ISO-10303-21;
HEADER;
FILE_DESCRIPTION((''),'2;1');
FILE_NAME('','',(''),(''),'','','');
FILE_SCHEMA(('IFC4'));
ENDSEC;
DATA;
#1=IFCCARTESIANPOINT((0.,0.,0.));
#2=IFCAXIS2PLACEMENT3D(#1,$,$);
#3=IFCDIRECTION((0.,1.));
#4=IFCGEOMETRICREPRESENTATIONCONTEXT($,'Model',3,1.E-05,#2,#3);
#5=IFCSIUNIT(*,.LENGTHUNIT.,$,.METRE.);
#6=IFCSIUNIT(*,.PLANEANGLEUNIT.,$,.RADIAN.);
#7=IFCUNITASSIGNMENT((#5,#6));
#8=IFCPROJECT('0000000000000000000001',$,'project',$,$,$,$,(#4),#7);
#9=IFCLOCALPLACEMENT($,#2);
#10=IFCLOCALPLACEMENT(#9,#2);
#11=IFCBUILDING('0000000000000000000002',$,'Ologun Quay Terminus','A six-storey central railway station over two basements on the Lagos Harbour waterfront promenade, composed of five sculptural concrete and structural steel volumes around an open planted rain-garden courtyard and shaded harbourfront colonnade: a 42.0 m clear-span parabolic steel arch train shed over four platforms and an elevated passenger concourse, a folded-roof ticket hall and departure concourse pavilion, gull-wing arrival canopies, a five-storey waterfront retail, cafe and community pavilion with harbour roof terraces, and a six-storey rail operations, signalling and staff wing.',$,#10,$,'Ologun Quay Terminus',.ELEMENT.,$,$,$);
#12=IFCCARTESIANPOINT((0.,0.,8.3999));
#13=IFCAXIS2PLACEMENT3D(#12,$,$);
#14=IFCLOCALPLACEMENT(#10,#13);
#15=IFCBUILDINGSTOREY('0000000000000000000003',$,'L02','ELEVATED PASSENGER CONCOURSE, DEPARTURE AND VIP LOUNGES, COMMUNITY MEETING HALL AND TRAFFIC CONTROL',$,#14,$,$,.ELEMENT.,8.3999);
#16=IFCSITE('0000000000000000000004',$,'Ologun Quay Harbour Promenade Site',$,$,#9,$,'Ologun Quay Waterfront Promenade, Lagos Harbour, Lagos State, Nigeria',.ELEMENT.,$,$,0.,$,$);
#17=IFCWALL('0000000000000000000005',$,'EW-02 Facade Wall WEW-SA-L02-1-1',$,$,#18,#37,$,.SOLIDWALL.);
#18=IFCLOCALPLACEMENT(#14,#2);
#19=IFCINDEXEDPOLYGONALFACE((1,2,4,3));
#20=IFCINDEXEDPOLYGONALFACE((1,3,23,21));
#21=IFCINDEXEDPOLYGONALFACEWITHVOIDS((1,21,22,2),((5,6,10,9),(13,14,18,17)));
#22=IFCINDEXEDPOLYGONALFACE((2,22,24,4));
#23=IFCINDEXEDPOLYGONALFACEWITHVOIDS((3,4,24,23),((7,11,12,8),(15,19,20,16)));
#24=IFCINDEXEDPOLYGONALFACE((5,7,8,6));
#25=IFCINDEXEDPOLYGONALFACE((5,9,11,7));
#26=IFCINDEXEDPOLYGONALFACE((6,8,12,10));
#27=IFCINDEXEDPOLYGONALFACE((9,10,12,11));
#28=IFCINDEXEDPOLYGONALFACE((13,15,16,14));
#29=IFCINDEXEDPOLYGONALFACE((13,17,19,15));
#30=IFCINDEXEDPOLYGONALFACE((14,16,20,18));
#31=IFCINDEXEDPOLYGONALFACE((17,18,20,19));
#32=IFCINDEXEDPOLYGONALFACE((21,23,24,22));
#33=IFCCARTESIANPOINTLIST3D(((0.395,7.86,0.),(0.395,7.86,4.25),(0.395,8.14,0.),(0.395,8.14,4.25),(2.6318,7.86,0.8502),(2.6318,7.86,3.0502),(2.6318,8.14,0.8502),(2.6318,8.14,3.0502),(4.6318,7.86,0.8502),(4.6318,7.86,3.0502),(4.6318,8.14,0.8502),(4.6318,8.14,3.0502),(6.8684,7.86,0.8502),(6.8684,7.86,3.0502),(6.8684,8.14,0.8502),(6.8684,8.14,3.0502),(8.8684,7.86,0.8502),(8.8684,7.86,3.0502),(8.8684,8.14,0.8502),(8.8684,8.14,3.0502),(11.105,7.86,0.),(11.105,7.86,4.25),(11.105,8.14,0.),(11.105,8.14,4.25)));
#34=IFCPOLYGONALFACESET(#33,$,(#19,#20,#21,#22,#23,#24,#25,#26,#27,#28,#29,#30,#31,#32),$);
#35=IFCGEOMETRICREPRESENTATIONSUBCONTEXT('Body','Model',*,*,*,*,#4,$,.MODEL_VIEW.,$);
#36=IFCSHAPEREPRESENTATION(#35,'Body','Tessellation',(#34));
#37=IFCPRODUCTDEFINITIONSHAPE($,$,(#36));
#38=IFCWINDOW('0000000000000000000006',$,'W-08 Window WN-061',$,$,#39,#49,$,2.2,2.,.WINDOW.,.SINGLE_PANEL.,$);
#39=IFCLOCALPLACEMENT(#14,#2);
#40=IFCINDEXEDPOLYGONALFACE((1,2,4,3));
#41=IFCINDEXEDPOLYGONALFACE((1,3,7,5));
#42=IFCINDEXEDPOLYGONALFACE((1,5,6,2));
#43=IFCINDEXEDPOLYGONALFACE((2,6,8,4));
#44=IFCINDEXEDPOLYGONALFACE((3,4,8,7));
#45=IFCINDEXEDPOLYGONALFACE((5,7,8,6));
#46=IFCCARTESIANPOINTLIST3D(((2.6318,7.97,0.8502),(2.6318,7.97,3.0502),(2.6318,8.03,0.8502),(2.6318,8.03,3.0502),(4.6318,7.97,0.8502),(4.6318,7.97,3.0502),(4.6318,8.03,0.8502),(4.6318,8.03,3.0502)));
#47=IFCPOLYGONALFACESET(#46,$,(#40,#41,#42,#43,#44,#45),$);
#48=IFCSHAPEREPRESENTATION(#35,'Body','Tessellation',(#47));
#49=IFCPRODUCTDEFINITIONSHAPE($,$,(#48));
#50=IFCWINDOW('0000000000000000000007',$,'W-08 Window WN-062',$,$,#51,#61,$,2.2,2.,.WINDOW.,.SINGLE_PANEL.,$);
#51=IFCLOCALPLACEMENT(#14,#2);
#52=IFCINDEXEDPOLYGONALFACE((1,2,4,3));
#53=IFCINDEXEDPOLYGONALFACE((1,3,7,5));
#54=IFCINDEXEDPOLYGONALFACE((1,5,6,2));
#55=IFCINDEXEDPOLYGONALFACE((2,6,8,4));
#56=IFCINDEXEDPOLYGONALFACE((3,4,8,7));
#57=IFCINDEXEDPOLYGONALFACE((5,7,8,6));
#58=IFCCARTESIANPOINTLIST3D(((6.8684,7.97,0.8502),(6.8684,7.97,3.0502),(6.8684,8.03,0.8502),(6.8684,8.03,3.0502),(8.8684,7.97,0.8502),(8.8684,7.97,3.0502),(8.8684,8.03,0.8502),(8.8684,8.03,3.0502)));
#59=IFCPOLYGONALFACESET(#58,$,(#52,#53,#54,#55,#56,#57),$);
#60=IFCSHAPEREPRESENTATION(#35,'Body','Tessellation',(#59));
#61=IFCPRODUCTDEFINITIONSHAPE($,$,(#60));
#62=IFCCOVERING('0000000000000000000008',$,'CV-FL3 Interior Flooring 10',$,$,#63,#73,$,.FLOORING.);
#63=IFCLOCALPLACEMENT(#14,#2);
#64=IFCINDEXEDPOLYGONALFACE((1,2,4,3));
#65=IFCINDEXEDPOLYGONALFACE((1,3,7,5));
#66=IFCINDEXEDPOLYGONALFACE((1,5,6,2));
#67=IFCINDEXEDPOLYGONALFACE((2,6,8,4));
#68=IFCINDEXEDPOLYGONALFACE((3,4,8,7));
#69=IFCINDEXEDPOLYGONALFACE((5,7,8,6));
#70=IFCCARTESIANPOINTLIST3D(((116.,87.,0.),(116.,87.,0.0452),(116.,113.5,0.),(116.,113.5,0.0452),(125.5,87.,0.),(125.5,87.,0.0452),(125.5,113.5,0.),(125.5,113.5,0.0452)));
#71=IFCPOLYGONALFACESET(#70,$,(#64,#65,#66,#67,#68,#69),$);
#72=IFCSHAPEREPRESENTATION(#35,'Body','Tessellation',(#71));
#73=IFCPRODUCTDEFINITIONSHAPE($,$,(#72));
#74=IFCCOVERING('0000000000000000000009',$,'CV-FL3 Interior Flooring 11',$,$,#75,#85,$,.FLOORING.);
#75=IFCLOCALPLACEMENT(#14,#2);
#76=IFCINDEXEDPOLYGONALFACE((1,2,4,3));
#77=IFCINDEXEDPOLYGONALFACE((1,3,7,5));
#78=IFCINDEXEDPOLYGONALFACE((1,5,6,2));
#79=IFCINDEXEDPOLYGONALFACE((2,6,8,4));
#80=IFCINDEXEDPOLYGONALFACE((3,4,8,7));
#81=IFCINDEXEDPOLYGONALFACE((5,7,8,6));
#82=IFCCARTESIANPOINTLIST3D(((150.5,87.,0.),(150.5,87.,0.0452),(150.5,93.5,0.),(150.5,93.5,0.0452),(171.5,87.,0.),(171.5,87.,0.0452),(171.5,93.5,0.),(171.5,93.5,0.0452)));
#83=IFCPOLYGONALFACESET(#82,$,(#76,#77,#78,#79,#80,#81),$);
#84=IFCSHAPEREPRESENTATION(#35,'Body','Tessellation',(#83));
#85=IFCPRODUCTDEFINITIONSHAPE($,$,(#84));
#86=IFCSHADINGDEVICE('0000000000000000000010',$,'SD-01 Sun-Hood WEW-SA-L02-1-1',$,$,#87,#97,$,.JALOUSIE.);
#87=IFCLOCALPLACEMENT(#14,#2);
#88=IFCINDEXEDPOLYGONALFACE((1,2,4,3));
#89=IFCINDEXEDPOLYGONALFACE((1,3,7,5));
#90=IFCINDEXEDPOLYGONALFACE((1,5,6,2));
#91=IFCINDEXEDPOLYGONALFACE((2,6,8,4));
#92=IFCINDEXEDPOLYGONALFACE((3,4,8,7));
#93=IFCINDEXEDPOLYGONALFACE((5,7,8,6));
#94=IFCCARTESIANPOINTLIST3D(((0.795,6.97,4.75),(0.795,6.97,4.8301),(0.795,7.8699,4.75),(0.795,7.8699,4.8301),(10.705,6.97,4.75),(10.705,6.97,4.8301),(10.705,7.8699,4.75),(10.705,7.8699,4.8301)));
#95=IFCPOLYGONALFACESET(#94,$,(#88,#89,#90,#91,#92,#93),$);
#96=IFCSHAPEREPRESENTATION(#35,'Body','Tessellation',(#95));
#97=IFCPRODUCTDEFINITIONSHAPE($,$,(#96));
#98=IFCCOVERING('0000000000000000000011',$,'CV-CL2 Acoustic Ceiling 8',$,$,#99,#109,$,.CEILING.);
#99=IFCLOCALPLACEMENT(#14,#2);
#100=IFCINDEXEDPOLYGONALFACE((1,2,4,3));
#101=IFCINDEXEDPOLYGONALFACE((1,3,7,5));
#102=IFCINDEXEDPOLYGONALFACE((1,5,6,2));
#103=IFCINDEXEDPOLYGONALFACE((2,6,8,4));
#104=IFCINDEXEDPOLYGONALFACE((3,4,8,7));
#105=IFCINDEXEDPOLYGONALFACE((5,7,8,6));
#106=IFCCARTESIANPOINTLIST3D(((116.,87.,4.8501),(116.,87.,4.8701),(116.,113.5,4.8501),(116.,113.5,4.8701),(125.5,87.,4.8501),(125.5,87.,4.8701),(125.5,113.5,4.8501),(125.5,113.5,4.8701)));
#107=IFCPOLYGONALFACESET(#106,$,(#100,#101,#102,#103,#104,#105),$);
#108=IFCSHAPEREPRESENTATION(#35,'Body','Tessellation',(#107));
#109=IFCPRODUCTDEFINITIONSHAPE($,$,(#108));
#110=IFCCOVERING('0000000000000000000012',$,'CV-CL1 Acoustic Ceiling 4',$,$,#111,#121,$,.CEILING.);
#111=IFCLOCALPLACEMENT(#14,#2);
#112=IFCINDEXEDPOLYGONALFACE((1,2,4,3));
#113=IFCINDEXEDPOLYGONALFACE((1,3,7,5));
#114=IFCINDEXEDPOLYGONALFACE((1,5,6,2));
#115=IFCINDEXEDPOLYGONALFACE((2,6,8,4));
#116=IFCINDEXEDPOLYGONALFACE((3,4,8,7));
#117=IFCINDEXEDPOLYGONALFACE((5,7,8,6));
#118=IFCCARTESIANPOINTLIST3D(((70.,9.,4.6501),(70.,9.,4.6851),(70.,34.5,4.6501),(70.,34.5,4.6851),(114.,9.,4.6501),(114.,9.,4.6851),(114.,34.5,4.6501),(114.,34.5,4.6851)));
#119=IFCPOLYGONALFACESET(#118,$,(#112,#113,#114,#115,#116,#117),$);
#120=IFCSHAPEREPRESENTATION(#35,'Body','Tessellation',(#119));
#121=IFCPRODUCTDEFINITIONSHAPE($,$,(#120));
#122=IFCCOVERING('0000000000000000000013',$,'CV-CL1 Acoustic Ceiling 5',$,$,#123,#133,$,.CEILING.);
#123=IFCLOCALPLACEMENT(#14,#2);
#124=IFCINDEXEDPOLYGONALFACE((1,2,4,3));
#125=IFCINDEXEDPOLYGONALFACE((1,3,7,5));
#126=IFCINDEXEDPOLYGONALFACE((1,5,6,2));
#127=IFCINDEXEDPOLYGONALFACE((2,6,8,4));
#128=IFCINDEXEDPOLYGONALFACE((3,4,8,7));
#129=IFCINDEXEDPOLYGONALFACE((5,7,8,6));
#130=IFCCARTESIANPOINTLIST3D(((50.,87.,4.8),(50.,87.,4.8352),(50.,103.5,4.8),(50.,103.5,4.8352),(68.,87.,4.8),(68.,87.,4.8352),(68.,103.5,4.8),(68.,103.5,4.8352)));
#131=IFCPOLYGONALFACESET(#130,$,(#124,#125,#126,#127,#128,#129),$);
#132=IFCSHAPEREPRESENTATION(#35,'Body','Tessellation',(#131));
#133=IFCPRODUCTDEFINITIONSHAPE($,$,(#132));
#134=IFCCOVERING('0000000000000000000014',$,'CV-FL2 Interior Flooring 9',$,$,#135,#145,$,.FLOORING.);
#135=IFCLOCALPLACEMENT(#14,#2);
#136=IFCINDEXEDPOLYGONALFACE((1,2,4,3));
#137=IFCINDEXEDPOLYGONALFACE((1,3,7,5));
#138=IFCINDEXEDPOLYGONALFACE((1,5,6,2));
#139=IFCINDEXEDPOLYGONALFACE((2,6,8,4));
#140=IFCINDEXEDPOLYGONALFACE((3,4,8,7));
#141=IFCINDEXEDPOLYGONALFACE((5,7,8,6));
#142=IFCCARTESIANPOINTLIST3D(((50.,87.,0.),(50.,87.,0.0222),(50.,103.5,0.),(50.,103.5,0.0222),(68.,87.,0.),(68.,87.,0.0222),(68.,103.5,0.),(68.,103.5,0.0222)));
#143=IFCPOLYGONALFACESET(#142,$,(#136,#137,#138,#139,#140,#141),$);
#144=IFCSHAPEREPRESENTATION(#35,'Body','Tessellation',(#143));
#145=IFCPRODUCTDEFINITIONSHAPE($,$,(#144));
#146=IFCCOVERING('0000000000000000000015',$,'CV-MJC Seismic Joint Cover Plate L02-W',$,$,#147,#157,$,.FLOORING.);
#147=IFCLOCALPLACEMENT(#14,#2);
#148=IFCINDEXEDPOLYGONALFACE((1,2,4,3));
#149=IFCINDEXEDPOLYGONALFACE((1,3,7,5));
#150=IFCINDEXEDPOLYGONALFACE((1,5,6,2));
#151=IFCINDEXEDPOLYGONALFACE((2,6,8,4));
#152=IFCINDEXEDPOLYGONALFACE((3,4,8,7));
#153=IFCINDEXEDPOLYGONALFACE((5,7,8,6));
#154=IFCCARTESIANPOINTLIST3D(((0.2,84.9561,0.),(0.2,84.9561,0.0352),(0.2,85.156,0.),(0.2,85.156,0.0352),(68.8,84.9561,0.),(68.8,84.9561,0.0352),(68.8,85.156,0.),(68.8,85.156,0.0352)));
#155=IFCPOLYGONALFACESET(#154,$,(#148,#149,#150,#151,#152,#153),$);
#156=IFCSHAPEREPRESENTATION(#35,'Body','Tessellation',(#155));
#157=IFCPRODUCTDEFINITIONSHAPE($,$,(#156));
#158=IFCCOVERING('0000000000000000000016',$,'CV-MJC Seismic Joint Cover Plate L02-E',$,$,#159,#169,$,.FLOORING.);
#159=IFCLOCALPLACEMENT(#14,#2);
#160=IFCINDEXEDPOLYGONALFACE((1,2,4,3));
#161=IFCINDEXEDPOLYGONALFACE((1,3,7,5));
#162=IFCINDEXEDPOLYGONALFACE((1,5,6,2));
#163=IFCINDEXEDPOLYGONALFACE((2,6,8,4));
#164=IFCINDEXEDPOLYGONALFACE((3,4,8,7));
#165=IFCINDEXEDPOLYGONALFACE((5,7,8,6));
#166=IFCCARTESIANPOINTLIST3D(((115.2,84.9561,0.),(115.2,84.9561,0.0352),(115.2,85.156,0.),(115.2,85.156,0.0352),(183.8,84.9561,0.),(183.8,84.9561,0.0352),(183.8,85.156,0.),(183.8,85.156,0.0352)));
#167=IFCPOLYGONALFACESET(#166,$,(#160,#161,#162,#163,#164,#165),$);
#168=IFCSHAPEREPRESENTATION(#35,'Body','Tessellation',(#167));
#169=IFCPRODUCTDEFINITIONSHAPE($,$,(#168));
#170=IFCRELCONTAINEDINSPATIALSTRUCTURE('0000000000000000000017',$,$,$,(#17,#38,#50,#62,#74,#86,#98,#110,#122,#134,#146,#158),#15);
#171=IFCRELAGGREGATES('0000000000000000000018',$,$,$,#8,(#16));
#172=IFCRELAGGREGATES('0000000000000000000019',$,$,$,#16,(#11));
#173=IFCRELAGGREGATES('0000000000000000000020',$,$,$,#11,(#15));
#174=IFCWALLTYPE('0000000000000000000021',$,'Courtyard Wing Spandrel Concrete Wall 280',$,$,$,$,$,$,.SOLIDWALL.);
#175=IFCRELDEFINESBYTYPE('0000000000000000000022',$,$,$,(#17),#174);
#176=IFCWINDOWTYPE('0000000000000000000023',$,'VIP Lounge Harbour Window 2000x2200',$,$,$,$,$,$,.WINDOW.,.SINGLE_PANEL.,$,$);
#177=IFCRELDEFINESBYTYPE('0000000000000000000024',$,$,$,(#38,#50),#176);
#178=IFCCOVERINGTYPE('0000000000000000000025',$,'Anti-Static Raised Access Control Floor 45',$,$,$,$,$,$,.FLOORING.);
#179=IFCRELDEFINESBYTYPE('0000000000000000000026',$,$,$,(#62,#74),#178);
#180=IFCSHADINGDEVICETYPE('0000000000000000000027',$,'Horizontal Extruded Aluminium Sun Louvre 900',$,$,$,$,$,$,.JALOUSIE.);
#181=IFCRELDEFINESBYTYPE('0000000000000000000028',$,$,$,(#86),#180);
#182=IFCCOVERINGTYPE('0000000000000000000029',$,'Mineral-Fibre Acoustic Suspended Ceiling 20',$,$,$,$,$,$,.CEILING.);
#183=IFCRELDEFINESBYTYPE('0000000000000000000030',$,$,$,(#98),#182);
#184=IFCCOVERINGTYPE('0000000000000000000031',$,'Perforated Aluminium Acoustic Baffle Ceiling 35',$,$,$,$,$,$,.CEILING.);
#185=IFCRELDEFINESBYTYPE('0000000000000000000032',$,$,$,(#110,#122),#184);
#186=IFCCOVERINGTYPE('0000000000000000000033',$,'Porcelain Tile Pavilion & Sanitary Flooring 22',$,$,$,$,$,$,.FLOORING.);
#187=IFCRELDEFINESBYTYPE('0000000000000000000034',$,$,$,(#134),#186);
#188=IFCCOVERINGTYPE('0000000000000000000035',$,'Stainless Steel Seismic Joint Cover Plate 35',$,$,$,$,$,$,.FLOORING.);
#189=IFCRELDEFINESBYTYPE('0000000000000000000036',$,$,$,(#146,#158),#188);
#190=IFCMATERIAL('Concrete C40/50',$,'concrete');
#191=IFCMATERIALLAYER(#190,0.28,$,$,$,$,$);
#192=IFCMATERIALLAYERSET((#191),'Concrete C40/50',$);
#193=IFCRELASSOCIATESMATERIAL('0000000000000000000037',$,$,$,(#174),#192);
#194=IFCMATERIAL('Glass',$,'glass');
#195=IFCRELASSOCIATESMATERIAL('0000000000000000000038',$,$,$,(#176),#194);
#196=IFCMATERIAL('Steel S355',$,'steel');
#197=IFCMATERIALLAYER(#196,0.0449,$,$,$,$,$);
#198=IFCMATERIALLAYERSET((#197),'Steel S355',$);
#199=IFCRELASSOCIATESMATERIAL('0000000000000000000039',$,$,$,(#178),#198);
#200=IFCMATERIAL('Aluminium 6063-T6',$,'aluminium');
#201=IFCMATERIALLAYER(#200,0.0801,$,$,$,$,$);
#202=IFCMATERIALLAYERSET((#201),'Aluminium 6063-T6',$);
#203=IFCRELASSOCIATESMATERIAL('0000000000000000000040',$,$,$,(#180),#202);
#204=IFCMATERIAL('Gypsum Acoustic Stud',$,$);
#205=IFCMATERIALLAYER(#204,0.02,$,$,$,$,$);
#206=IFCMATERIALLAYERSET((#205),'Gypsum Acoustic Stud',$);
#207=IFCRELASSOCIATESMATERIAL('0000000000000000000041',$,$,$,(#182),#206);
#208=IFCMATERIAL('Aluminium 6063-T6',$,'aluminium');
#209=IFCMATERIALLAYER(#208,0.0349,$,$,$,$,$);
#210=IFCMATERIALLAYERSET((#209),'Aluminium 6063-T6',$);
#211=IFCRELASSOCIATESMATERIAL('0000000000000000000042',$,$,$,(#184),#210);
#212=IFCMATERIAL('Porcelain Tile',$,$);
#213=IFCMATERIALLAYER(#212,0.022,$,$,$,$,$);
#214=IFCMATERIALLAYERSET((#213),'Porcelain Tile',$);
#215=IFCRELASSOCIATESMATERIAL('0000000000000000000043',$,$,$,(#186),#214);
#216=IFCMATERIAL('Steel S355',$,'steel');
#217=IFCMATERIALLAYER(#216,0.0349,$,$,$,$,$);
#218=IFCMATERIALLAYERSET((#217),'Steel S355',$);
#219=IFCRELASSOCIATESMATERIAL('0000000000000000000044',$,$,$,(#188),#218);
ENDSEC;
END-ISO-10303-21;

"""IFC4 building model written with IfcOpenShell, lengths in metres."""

from ifc_helpers import new_model, si_unit, direction, frame, frame_2d, origin, origin_2d, place, context, subcontext, project, spatial, polyline, rectangle, outline, extrude, material, layer, layer_set, type_object, element, fill, save


model = new_model("IFC4")

# Units and contexts
model_context = context("Model", 3, precision=1e-05, world=origin(), true_north=direction((0.0, 1.0)))
body_context = subcontext(model_context, "Body", "Model", "MODEL_VIEW")
ifc_project = project(units=[si_unit("LENGTHUNIT", "METRE"), si_unit("PLANEANGLEUNIT", "RADIAN")], contexts=[model_context])

# Site, building, storey
site_placement = place(None, origin())
site = spatial("IfcSite", under=ifc_project, at=site_placement, Name="Ologun Quay Harbour Promenade Site", LongName="Ologun Quay Waterfront Promenade, Lagos Harbour, Lagos State, Nigeria", CompositionType="ELEMENT", RefElevation=0.0)
building_placement = place(site_placement, origin())
building = spatial("IfcBuilding", under=site, at=building_placement, Name="Ologun Quay Terminus", Description="A six-storey central railway station over two basements on the Lagos Harbour waterfront promenade, composed of five sculptural concrete and structural steel volumes around an open planted rain-garden courtyard and shaded harbourfront colonnade: a 42.0 m clear-span parabolic steel arch train shed over four platforms and an elevated passenger concourse, a folded-roof ticket hall and departure concourse pavilion, gull-wing arrival canopies, a five-storey waterfront retail, cafe and community pavilion with harbour roof terraces, and a six-storey rail operations, signalling and staff wing.", LongName="Ologun Quay Terminus", CompositionType="ELEMENT")
storey_placement = place(building_placement, frame((0.0, 0.0, 8.3999)))
storey = spatial("IfcBuildingStorey", under=building, at=storey_placement, Name="L02", Description="ELEVATED PASSENGER CONCOURSE, DEPARTURE AND VIP LOUNGES, COMMUNITY MEETING HALL AND TRAFFIC CONTROL", CompositionType="ELEMENT", Elevation=8.3999)

# Wall, openings, windows
ifc_material_1 = material(Name="Concrete C40/50", Category="concrete")
ifc_layer_1 = layer(ifc_material_1, 0.28)
ifc_layer_set_1 = layer_set([ifc_layer_1], Name="Concrete C40/50")
wall_type = type_object("IfcWallType", Name="Courtyard Wing Spandrel Concrete Wall 280", PredefinedType="SOLIDWALL", material=ifc_layer_set_1)
wall_placement = place(storey_placement, frame((0.395, 8.0, 0.0), z_axis=(0.0, 0.0, 1.0), x_axis=(1.0, 0.0, 0.0)))
wall = element("IfcWall", 1, at=wall_placement, inside=storey, type_object=wall_type, Name="EW-02 Facade Wall WEW-SA-L02-1-1", PredefinedType="SOLIDWALL", context=body_context, shape_type="SweptSolid", body=[
    extrude(rectangle(XDim=10.71, YDim=0.28, at=frame_2d((5.355, 0.0))), origin(), (0.0, 0.0, 1.0), 4.25),
])
opening_1_placement = place(wall_placement, frame((2.2368, 0.0, 0.8501)))
opening_1 = element("IfcOpeningElement", 2, at=opening_1_placement, cuts=wall, PredefinedType="OPENING", context=body_context, shape_type="SweptSolid", body=[
    extrude(rectangle(XDim=2.0, YDim=2.2, at=frame_2d((1.0, 1.1001))), frame((0.0, 0.1499, 0.0), z_axis=(0.0, -1.0, 0.0), x_axis=(1.0, 0.0, 0.0)), (0.0, 0.0, 1.0), 0.3),
])
opening_2_placement = place(wall_placement, frame((6.4734, 0.0, 0.8501)))
opening_2 = element("IfcOpeningElement", 3, at=opening_2_placement, cuts=wall, PredefinedType="OPENING", context=body_context, shape_type="SweptSolid", body=[
    extrude(rectangle(XDim=2.0, YDim=2.2, at=frame_2d((1.0, 1.1001))), frame((0.0, 0.1499, 0.0), z_axis=(0.0, -1.0, 0.0), x_axis=(1.0, 0.0, 0.0)), (0.0, 0.0, 1.0), 0.3),
])
ifc_material_2 = material(Name="Glass", Category="glass")
window_type = type_object("IfcWindowType", Name="VIP Lounge Harbour Window 2000x2200", PartitioningType="SINGLE_PANEL", PredefinedType="WINDOW", material=ifc_material_2)
window_1_placement = place(opening_1_placement, origin())
window_1 = element("IfcWindow", 4, at=window_1_placement, inside=storey, type_object=window_type, Name="W-08 Window WN-061", OverallHeight=2.2, OverallWidth=2.0, PartitioningType="SINGLE_PANEL", PredefinedType="WINDOW", context=body_context, shape_type="SweptSolid", body=[
    extrude(rectangle(XDim=2.0, YDim=2.2, at=frame_2d((1.0, 1.1001))), frame((0.0, 0.03, 0.0), z_axis=(0.0, -1.0, 0.0), x_axis=(1.0, 0.0, 0.0)), (0.0, 0.0, 1.0), 0.0601),
])
fill(opening_1, window_1)
window_2_placement = place(opening_2_placement, origin())
window_2 = element("IfcWindow", 5, at=window_2_placement, inside=storey, type_object=window_type, Name="W-08 Window WN-062", OverallHeight=2.2, OverallWidth=2.0, PartitioningType="SINGLE_PANEL", PredefinedType="WINDOW", context=body_context, shape_type="SweptSolid", body=[
    extrude(rectangle(XDim=2.0, YDim=2.2, at=frame_2d((1.0, 1.1001))), frame((0.0, 0.03, 0.0), z_axis=(0.0, -1.0, 0.0), x_axis=(1.0, 0.0, 0.0)), (0.0, 0.0, 1.0), 0.0601),
])
fill(opening_2, window_2)

# Coverings
ifc_material_3 = material(Name="Steel S355", Category="steel")
ifc_layer_2 = layer(ifc_material_3, 0.0449)
ifc_layer_set_2 = layer_set([ifc_layer_2], Name="Steel S355")
covering_type_1 = type_object("IfcCoveringType", Name="Anti-Static Raised Access Control Floor 45", PredefinedType="FLOORING", material=ifc_layer_set_2)
covering_1_placement = place(storey_placement, origin())
element("IfcCovering", 6, at=covering_1_placement, inside=storey, type_object=covering_type_1, Name="CV-FL3 Interior Flooring 10", PredefinedType="FLOORING", context=body_context, shape_type="SweptSolid", body=[
    extrude(outline(polyline([(116.0, 87.0), (125.5, 87.0), (125.5, 113.5), (116.0, 113.5), (116.0, 87.0)])), origin(), (0.0, 0.0, 1.0), 0.0452),
])
covering_2_placement = place(storey_placement, origin())
element("IfcCovering", 7, at=covering_2_placement, inside=storey, type_object=covering_type_1, Name="CV-FL3 Interior Flooring 11", PredefinedType="FLOORING", context=body_context, shape_type="SweptSolid", body=[
    extrude(outline(polyline([(150.5, 87.0), (171.5, 87.0), (171.5, 93.5), (150.5, 93.5), (150.5, 87.0)])), origin(), (0.0, 0.0, 1.0), 0.0452),
])

# Shading device
ifc_material_4 = material(Name="Aluminium 6063-T6", Category="aluminium")
ifc_layer_3 = layer(ifc_material_4, 0.0801)
ifc_layer_set_3 = layer_set([ifc_layer_3], Name="Aluminium 6063-T6")
shading_device_type = type_object("IfcShadingDeviceType", Name="Horizontal Extruded Aluminium Sun Louvre 900", PredefinedType="JALOUSIE", material=ifc_layer_set_3)
shading_device_placement = place(storey_placement, frame((5.75, 7.4199, 4.75), z_axis=(0.0, 0.0, 1.0), x_axis=(1.0, 0.0, 0.0)))
element("IfcShadingDevice", 8, at=shading_device_placement, inside=storey, type_object=shading_device_type, Name="SD-01 Sun-Hood WEW-SA-L02-1-1", PredefinedType="JALOUSIE", context=body_context, shape_type="SweptSolid", body=[
    extrude(rectangle(XDim=9.9099, YDim=0.8999, at=origin_2d()), origin(), (0.0, 0.0, 1.0), 0.0801),
])

# Coverings
ifc_material_5 = material(Name="Gypsum Acoustic Stud")
ifc_layer_4 = layer(ifc_material_5, 0.02)
ifc_layer_set_4 = layer_set([ifc_layer_4], Name="Gypsum Acoustic Stud")
covering_type_2 = type_object("IfcCoveringType", Name="Mineral-Fibre Acoustic Suspended Ceiling 20", PredefinedType="CEILING", material=ifc_layer_set_4)
covering_3_placement = place(storey_placement, frame((0.0, 0.0, 4.8501)))
element("IfcCovering", 9, at=covering_3_placement, inside=storey, type_object=covering_type_2, Name="CV-CL2 Acoustic Ceiling 8", PredefinedType="CEILING", context=body_context, shape_type="SweptSolid", body=[
    extrude(outline(polyline([(116.0, 87.0), (125.5, 87.0), (125.5, 113.5), (116.0, 113.5), (116.0, 87.0)])), origin(), (0.0, 0.0, 1.0), 0.02),
])
ifc_material_6 = material(Name="Aluminium 6063-T6", Category="aluminium")
ifc_layer_5 = layer(ifc_material_6, 0.0349)
ifc_layer_set_5 = layer_set([ifc_layer_5], Name="Aluminium 6063-T6")
covering_type_3 = type_object("IfcCoveringType", Name="Perforated Aluminium Acoustic Baffle Ceiling 35", PredefinedType="CEILING", material=ifc_layer_set_5)
covering_4_placement = place(storey_placement, frame((0.0, 0.0, 4.6501)))
element("IfcCovering", 10, at=covering_4_placement, inside=storey, type_object=covering_type_3, Name="CV-CL1 Acoustic Ceiling 4", PredefinedType="CEILING", context=body_context, shape_type="SweptSolid", body=[
    extrude(outline(polyline([(70.0, 9.0), (114.0, 9.0), (114.0, 34.5), (70.0, 34.5), (70.0, 9.0)])), origin(), (0.0, 0.0, 1.0), 0.0349),
])
covering_5_placement = place(storey_placement, frame((0.0, 0.0, 4.8)))
element("IfcCovering", 11, at=covering_5_placement, inside=storey, type_object=covering_type_3, Name="CV-CL1 Acoustic Ceiling 5", PredefinedType="CEILING", context=body_context, shape_type="SweptSolid", body=[
    extrude(outline(polyline([(50.0, 87.0), (68.0, 87.0), (68.0, 103.5), (50.0, 103.5), (50.0, 87.0)])), origin(), (0.0, 0.0, 1.0), 0.0352),
])
ifc_material_7 = material(Name="Porcelain Tile")
ifc_layer_6 = layer(ifc_material_7, 0.022)
ifc_layer_set_6 = layer_set([ifc_layer_6], Name="Porcelain Tile")
covering_type_4 = type_object("IfcCoveringType", Name="Porcelain Tile Pavilion & Sanitary Flooring 22", PredefinedType="FLOORING", material=ifc_layer_set_6)
covering_6_placement = place(storey_placement, origin())
element("IfcCovering", 12, at=covering_6_placement, inside=storey, type_object=covering_type_4, Name="CV-FL2 Interior Flooring 9", PredefinedType="FLOORING", context=body_context, shape_type="SweptSolid", body=[
    extrude(outline(polyline([(50.0, 87.0), (68.0, 87.0), (68.0, 103.5), (50.0, 103.5), (50.0, 87.0)])), origin(), (0.0, 0.0, 1.0), 0.0222),
])
ifc_material_8 = material(Name="Steel S355", Category="steel")
ifc_layer_7 = layer(ifc_material_8, 0.0349)
ifc_layer_set_7 = layer_set([ifc_layer_7], Name="Steel S355")
covering_type_5 = type_object("IfcCoveringType", Name="Stainless Steel Seismic Joint Cover Plate 35", PredefinedType="FLOORING", material=ifc_layer_set_7)
covering_7_placement = place(storey_placement, origin())
element("IfcCovering", 13, at=covering_7_placement, inside=storey, type_object=covering_type_5, Name="CV-MJC Seismic Joint Cover Plate L02-W", PredefinedType="FLOORING", context=body_context, shape_type="SweptSolid", body=[
    extrude(outline(polyline([(0.2, 84.9561), (68.8, 84.9561), (68.8, 85.156), (0.2, 85.156), (0.2, 84.9561)])), origin(), (0.0, 0.0, 1.0), 0.0352),
])
covering_8_placement = place(storey_placement, origin())
element("IfcCovering", 14, at=covering_8_placement, inside=storey, type_object=covering_type_5, Name="CV-MJC Seismic Joint Cover Plate L02-E", PredefinedType="FLOORING", context=body_context, shape_type="SweptSolid", body=[
    extrude(outline(polyline([(115.2, 84.9561), (183.8, 84.9561), (183.8, 85.156), (115.2, 85.156), (115.2, 84.9561)])), origin(), (0.0, 0.0, 1.0), 0.0352),
])

save(model, "model.ifc")
